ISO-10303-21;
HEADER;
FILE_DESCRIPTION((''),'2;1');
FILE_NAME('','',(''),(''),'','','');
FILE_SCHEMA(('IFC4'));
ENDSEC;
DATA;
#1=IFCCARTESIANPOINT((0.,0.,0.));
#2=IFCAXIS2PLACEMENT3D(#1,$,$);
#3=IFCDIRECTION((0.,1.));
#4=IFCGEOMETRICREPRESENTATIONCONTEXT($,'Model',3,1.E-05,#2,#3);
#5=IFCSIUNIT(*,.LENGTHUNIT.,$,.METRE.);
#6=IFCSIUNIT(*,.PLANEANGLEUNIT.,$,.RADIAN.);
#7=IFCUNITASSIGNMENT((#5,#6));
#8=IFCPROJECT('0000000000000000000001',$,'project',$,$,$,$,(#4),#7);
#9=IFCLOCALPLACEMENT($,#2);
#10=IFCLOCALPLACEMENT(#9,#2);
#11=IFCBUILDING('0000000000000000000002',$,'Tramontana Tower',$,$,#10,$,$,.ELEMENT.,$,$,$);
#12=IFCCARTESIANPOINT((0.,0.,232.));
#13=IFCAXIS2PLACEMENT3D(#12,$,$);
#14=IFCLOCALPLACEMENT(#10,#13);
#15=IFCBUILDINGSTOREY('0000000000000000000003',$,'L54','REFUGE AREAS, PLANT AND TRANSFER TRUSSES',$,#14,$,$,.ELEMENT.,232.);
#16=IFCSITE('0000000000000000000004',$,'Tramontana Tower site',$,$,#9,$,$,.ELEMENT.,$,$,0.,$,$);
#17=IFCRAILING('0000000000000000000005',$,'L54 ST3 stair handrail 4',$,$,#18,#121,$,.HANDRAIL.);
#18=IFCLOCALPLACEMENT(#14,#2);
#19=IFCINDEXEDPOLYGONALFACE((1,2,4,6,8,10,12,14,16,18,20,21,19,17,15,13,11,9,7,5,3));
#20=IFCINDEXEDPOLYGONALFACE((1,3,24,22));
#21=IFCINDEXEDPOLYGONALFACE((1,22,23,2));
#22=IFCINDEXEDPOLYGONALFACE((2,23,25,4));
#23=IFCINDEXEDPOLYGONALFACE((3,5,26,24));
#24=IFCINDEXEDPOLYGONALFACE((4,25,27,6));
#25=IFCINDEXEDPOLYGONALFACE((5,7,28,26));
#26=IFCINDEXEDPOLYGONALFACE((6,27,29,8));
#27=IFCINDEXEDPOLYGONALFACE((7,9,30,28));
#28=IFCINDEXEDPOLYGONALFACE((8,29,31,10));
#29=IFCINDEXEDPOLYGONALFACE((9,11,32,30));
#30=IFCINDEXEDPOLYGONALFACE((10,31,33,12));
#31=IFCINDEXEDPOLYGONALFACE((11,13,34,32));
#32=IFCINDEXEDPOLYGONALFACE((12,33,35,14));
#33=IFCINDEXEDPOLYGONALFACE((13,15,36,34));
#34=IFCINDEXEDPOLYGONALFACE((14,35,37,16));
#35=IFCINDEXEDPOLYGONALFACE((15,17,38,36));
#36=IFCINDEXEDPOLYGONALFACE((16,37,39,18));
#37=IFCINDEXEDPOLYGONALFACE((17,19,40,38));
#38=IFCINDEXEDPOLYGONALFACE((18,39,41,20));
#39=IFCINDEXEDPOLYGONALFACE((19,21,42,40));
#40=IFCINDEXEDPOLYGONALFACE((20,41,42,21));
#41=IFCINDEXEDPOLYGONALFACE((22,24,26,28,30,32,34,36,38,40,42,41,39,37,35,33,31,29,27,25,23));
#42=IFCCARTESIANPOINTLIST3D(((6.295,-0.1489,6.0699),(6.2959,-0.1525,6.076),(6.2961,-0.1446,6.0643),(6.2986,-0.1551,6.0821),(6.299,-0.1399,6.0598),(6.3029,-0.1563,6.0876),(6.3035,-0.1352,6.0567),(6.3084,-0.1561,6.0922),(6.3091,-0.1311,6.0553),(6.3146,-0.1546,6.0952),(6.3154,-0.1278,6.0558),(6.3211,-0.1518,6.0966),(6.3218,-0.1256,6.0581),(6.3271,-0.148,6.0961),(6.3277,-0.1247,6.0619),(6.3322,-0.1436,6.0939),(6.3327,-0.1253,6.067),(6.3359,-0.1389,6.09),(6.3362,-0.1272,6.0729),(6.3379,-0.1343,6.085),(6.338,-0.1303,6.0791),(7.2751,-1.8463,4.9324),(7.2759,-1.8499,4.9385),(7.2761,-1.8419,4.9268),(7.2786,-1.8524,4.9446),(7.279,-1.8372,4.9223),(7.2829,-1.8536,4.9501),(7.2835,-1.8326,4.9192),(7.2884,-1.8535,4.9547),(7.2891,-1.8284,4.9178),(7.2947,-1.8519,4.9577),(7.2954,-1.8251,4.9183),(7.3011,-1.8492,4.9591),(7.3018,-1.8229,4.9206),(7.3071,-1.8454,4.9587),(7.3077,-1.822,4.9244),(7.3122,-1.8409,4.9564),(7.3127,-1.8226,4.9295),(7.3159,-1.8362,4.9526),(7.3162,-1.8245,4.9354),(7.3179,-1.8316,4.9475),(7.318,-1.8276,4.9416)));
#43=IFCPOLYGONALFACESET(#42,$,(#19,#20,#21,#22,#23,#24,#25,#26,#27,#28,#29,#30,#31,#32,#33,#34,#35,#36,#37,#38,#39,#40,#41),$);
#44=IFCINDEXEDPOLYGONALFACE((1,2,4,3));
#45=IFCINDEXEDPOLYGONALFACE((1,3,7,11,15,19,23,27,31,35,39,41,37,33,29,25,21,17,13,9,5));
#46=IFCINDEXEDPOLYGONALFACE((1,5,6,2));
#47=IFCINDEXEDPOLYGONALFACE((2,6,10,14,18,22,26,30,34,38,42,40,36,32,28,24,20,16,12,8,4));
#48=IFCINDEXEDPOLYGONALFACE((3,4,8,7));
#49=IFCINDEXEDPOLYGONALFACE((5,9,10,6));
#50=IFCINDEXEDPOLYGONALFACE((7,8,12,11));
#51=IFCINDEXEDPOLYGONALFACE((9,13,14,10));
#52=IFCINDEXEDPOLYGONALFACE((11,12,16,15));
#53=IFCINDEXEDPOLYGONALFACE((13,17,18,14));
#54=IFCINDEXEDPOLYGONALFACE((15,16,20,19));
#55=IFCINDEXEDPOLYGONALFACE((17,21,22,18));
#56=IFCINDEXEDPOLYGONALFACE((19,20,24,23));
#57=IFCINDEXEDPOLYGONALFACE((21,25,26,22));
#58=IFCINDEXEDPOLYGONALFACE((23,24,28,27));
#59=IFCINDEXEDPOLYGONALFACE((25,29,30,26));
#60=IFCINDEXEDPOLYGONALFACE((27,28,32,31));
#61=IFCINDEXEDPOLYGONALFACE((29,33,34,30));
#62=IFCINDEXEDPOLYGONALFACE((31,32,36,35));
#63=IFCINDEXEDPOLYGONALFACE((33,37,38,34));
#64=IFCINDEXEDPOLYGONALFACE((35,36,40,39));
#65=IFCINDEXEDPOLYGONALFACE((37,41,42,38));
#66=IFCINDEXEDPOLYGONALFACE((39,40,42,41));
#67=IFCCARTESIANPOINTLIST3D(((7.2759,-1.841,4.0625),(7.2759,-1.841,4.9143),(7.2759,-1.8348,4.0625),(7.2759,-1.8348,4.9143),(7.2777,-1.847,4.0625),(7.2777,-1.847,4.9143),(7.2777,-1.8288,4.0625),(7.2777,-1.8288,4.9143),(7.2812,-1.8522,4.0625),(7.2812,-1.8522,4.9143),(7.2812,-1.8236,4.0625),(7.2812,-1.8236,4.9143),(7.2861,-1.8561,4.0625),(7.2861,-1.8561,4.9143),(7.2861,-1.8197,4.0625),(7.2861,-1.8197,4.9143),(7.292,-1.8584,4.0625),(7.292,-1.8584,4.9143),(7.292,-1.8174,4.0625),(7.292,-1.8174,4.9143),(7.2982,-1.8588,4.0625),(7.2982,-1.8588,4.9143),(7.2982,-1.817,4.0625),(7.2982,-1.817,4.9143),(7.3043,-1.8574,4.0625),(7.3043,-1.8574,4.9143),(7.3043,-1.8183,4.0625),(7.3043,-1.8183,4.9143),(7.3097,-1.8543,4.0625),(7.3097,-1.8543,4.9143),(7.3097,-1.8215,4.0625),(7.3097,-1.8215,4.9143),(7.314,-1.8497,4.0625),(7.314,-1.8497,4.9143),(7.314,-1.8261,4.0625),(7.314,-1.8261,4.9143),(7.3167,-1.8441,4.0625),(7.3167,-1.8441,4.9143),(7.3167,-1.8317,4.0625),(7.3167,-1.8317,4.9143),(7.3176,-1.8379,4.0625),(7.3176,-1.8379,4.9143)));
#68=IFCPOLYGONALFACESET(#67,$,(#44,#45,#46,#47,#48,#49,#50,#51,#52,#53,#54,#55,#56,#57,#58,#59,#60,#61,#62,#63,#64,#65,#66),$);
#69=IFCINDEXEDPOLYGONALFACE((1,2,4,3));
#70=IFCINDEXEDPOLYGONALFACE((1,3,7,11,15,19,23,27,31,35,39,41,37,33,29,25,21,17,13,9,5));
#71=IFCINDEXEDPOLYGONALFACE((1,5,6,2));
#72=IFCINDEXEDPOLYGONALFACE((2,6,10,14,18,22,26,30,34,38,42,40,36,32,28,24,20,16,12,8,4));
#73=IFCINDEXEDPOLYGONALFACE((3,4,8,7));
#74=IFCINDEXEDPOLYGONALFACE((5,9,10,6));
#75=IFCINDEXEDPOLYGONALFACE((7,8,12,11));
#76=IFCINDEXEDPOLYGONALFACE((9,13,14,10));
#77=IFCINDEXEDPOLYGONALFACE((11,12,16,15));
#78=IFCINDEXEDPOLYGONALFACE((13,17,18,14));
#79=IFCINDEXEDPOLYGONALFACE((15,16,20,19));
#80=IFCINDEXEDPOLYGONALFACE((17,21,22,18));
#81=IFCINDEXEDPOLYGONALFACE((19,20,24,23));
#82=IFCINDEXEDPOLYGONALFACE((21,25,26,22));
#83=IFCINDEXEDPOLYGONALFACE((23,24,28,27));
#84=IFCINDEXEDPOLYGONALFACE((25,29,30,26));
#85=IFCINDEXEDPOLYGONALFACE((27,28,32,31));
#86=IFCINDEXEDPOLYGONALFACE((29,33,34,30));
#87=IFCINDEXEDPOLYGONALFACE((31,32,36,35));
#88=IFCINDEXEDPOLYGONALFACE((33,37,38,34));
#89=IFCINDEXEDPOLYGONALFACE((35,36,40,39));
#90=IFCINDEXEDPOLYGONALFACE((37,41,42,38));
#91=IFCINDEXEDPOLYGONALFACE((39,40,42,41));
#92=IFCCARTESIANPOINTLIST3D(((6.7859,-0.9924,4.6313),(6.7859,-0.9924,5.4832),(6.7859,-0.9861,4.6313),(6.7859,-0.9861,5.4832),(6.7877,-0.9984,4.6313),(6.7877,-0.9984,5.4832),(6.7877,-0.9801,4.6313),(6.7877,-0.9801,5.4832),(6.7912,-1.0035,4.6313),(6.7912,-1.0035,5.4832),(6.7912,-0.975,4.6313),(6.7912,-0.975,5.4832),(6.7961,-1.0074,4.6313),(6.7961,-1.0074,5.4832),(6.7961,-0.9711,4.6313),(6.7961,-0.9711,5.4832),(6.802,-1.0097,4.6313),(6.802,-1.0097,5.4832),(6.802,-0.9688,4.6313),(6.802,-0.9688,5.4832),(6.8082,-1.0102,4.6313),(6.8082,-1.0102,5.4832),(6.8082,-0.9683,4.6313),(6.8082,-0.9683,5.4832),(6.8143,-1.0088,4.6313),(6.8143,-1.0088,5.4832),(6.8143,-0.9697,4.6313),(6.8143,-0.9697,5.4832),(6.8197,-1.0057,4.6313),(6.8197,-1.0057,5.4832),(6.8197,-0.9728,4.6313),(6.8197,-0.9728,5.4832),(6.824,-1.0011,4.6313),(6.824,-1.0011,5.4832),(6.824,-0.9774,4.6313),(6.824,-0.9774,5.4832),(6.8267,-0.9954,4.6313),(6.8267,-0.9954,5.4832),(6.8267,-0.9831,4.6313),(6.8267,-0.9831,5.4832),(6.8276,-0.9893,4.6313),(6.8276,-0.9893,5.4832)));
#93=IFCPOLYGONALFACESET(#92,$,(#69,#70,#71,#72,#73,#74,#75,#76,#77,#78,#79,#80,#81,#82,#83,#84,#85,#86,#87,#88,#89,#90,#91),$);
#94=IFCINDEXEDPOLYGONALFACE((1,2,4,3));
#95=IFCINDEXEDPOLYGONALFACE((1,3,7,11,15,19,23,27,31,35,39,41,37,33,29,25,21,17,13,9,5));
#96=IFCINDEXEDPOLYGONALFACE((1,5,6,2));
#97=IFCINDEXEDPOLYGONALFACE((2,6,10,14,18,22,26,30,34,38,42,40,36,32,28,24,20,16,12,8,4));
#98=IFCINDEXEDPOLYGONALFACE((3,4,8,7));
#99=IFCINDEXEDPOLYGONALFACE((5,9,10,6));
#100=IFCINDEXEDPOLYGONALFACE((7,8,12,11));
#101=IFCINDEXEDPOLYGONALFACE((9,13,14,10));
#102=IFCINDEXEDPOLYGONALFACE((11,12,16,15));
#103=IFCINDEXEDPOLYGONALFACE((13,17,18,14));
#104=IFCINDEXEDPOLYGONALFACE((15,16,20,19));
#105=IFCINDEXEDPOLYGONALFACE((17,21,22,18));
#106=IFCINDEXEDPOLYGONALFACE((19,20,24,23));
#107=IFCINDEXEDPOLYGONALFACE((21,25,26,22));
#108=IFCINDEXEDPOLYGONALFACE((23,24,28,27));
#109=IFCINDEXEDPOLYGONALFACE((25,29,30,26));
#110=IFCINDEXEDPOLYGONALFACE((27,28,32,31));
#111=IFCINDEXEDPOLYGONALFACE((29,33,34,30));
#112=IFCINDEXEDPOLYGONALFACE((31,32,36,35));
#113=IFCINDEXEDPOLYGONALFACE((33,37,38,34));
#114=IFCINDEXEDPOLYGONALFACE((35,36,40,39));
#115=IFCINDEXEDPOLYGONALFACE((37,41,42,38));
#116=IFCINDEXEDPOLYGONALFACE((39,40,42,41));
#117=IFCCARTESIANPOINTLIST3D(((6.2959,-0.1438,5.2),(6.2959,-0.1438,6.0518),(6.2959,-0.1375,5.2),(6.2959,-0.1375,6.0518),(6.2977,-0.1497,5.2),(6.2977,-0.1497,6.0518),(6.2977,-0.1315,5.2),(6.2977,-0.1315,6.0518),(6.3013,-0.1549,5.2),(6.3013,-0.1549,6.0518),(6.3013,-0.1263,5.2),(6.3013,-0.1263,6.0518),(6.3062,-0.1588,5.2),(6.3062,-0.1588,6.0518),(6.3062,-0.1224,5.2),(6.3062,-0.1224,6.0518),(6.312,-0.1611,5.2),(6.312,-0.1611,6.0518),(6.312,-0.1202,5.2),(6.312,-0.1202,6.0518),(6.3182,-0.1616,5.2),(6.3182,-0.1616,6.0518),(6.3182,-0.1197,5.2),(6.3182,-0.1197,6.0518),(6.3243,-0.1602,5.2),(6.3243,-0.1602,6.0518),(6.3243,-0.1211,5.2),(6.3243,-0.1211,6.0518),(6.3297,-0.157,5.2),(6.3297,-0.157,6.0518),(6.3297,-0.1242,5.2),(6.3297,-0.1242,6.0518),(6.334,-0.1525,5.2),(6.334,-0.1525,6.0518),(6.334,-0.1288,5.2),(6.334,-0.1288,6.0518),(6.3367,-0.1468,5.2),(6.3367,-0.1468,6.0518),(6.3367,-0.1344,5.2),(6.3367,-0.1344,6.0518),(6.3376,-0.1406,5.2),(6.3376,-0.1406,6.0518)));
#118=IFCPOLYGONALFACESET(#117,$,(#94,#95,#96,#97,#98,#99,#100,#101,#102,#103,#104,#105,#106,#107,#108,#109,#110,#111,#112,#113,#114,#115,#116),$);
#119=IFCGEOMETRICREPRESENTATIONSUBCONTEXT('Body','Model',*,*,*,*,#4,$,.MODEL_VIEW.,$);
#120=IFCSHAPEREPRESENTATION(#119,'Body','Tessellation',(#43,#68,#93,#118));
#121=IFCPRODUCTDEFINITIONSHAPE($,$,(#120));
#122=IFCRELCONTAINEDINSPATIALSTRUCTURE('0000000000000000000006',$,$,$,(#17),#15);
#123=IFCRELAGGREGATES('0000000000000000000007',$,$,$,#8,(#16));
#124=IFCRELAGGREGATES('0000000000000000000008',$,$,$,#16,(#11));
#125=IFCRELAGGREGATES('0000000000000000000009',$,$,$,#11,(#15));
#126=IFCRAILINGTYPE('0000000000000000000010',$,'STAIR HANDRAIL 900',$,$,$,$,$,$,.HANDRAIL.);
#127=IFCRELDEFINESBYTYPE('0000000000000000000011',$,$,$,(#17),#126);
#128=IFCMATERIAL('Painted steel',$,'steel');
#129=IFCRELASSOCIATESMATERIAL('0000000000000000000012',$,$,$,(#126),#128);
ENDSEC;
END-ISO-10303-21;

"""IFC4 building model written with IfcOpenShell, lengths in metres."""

from ifc_helpers import new_model, si_unit, direction, frame, origin, origin_2d, place, context, subcontext, project, spatial, circle, extrude, material, type_object, element, save


model = new_model("IFC4")

# Units and contexts
model_context = context("Model", 3, precision=1e-05, world=origin(), true_north=direction((0.0, 1.0)))
body_context = subcontext(model_context, "Body", "Model", "MODEL_VIEW")
ifc_project = project(units=[si_unit("LENGTHUNIT", "METRE"), si_unit("PLANEANGLEUNIT", "RADIAN")], contexts=[model_context])

# Site, building, storey
site_placement = place(None, origin())
site = spatial("IfcSite", under=ifc_project, at=site_placement, Name="Tramontana Tower site", CompositionType="ELEMENT", RefElevation=0.0)
building_placement = place(site_placement, origin())
building = spatial("IfcBuilding", under=site, at=building_placement, Name="Tramontana Tower", CompositionType="ELEMENT")
storey_placement = place(building_placement, frame((0.0, 0.0, 232.0)))
storey = spatial("IfcBuildingStorey", under=building, at=storey_placement, Name="L54", Description="REFUGE AREAS, PLANT AND TRANSFER TRUSSES", CompositionType="ELEMENT", Elevation=232.0)

# Railing
ifc_material_1 = material(Name="Painted steel", Category="steel")
railing_type_1 = type_object("IfcRailingType", Name="STAIR HANDRAIL 900", PredefinedType="HANDRAIL", material=ifc_material_1)
railing_1_placement = place(storey_placement, frame((7.2966, -1.8379, 4.0625)))
element("IfcRailing", 1, at=railing_1_placement, inside=storey, type_object=railing_type_1, Name="L54 ST3 stair handrail 4", PredefinedType="HANDRAIL", context=body_context, shape_type="SweptSolid", body=[
    extrude(circle(Radius=0.0239, at=origin_2d()), frame((0.0, 0.0, 0.876), z_axis=(-0.432467, 0.749006, 0.501959), x_axis=(-0.866011, -0.500024, 0.0)), (0.0, 0.0, 1.0), 2.2661),
    extrude(circle(Radius=0.021, at=origin_2d()), origin(), (0.0, 0.0, 1.0), 0.8518),
    extrude(circle(Radius=0.021, at=origin_2d()), frame((-0.49, 0.8486, 0.5688)), (0.0, 0.0, 1.0), 0.8518),
    extrude(circle(Radius=0.021, at=origin_2d()), frame((-0.98, 1.6973, 1.1375)), (0.0, 0.0, 1.0), 0.8518),
])

save(model, "model.ifc")
